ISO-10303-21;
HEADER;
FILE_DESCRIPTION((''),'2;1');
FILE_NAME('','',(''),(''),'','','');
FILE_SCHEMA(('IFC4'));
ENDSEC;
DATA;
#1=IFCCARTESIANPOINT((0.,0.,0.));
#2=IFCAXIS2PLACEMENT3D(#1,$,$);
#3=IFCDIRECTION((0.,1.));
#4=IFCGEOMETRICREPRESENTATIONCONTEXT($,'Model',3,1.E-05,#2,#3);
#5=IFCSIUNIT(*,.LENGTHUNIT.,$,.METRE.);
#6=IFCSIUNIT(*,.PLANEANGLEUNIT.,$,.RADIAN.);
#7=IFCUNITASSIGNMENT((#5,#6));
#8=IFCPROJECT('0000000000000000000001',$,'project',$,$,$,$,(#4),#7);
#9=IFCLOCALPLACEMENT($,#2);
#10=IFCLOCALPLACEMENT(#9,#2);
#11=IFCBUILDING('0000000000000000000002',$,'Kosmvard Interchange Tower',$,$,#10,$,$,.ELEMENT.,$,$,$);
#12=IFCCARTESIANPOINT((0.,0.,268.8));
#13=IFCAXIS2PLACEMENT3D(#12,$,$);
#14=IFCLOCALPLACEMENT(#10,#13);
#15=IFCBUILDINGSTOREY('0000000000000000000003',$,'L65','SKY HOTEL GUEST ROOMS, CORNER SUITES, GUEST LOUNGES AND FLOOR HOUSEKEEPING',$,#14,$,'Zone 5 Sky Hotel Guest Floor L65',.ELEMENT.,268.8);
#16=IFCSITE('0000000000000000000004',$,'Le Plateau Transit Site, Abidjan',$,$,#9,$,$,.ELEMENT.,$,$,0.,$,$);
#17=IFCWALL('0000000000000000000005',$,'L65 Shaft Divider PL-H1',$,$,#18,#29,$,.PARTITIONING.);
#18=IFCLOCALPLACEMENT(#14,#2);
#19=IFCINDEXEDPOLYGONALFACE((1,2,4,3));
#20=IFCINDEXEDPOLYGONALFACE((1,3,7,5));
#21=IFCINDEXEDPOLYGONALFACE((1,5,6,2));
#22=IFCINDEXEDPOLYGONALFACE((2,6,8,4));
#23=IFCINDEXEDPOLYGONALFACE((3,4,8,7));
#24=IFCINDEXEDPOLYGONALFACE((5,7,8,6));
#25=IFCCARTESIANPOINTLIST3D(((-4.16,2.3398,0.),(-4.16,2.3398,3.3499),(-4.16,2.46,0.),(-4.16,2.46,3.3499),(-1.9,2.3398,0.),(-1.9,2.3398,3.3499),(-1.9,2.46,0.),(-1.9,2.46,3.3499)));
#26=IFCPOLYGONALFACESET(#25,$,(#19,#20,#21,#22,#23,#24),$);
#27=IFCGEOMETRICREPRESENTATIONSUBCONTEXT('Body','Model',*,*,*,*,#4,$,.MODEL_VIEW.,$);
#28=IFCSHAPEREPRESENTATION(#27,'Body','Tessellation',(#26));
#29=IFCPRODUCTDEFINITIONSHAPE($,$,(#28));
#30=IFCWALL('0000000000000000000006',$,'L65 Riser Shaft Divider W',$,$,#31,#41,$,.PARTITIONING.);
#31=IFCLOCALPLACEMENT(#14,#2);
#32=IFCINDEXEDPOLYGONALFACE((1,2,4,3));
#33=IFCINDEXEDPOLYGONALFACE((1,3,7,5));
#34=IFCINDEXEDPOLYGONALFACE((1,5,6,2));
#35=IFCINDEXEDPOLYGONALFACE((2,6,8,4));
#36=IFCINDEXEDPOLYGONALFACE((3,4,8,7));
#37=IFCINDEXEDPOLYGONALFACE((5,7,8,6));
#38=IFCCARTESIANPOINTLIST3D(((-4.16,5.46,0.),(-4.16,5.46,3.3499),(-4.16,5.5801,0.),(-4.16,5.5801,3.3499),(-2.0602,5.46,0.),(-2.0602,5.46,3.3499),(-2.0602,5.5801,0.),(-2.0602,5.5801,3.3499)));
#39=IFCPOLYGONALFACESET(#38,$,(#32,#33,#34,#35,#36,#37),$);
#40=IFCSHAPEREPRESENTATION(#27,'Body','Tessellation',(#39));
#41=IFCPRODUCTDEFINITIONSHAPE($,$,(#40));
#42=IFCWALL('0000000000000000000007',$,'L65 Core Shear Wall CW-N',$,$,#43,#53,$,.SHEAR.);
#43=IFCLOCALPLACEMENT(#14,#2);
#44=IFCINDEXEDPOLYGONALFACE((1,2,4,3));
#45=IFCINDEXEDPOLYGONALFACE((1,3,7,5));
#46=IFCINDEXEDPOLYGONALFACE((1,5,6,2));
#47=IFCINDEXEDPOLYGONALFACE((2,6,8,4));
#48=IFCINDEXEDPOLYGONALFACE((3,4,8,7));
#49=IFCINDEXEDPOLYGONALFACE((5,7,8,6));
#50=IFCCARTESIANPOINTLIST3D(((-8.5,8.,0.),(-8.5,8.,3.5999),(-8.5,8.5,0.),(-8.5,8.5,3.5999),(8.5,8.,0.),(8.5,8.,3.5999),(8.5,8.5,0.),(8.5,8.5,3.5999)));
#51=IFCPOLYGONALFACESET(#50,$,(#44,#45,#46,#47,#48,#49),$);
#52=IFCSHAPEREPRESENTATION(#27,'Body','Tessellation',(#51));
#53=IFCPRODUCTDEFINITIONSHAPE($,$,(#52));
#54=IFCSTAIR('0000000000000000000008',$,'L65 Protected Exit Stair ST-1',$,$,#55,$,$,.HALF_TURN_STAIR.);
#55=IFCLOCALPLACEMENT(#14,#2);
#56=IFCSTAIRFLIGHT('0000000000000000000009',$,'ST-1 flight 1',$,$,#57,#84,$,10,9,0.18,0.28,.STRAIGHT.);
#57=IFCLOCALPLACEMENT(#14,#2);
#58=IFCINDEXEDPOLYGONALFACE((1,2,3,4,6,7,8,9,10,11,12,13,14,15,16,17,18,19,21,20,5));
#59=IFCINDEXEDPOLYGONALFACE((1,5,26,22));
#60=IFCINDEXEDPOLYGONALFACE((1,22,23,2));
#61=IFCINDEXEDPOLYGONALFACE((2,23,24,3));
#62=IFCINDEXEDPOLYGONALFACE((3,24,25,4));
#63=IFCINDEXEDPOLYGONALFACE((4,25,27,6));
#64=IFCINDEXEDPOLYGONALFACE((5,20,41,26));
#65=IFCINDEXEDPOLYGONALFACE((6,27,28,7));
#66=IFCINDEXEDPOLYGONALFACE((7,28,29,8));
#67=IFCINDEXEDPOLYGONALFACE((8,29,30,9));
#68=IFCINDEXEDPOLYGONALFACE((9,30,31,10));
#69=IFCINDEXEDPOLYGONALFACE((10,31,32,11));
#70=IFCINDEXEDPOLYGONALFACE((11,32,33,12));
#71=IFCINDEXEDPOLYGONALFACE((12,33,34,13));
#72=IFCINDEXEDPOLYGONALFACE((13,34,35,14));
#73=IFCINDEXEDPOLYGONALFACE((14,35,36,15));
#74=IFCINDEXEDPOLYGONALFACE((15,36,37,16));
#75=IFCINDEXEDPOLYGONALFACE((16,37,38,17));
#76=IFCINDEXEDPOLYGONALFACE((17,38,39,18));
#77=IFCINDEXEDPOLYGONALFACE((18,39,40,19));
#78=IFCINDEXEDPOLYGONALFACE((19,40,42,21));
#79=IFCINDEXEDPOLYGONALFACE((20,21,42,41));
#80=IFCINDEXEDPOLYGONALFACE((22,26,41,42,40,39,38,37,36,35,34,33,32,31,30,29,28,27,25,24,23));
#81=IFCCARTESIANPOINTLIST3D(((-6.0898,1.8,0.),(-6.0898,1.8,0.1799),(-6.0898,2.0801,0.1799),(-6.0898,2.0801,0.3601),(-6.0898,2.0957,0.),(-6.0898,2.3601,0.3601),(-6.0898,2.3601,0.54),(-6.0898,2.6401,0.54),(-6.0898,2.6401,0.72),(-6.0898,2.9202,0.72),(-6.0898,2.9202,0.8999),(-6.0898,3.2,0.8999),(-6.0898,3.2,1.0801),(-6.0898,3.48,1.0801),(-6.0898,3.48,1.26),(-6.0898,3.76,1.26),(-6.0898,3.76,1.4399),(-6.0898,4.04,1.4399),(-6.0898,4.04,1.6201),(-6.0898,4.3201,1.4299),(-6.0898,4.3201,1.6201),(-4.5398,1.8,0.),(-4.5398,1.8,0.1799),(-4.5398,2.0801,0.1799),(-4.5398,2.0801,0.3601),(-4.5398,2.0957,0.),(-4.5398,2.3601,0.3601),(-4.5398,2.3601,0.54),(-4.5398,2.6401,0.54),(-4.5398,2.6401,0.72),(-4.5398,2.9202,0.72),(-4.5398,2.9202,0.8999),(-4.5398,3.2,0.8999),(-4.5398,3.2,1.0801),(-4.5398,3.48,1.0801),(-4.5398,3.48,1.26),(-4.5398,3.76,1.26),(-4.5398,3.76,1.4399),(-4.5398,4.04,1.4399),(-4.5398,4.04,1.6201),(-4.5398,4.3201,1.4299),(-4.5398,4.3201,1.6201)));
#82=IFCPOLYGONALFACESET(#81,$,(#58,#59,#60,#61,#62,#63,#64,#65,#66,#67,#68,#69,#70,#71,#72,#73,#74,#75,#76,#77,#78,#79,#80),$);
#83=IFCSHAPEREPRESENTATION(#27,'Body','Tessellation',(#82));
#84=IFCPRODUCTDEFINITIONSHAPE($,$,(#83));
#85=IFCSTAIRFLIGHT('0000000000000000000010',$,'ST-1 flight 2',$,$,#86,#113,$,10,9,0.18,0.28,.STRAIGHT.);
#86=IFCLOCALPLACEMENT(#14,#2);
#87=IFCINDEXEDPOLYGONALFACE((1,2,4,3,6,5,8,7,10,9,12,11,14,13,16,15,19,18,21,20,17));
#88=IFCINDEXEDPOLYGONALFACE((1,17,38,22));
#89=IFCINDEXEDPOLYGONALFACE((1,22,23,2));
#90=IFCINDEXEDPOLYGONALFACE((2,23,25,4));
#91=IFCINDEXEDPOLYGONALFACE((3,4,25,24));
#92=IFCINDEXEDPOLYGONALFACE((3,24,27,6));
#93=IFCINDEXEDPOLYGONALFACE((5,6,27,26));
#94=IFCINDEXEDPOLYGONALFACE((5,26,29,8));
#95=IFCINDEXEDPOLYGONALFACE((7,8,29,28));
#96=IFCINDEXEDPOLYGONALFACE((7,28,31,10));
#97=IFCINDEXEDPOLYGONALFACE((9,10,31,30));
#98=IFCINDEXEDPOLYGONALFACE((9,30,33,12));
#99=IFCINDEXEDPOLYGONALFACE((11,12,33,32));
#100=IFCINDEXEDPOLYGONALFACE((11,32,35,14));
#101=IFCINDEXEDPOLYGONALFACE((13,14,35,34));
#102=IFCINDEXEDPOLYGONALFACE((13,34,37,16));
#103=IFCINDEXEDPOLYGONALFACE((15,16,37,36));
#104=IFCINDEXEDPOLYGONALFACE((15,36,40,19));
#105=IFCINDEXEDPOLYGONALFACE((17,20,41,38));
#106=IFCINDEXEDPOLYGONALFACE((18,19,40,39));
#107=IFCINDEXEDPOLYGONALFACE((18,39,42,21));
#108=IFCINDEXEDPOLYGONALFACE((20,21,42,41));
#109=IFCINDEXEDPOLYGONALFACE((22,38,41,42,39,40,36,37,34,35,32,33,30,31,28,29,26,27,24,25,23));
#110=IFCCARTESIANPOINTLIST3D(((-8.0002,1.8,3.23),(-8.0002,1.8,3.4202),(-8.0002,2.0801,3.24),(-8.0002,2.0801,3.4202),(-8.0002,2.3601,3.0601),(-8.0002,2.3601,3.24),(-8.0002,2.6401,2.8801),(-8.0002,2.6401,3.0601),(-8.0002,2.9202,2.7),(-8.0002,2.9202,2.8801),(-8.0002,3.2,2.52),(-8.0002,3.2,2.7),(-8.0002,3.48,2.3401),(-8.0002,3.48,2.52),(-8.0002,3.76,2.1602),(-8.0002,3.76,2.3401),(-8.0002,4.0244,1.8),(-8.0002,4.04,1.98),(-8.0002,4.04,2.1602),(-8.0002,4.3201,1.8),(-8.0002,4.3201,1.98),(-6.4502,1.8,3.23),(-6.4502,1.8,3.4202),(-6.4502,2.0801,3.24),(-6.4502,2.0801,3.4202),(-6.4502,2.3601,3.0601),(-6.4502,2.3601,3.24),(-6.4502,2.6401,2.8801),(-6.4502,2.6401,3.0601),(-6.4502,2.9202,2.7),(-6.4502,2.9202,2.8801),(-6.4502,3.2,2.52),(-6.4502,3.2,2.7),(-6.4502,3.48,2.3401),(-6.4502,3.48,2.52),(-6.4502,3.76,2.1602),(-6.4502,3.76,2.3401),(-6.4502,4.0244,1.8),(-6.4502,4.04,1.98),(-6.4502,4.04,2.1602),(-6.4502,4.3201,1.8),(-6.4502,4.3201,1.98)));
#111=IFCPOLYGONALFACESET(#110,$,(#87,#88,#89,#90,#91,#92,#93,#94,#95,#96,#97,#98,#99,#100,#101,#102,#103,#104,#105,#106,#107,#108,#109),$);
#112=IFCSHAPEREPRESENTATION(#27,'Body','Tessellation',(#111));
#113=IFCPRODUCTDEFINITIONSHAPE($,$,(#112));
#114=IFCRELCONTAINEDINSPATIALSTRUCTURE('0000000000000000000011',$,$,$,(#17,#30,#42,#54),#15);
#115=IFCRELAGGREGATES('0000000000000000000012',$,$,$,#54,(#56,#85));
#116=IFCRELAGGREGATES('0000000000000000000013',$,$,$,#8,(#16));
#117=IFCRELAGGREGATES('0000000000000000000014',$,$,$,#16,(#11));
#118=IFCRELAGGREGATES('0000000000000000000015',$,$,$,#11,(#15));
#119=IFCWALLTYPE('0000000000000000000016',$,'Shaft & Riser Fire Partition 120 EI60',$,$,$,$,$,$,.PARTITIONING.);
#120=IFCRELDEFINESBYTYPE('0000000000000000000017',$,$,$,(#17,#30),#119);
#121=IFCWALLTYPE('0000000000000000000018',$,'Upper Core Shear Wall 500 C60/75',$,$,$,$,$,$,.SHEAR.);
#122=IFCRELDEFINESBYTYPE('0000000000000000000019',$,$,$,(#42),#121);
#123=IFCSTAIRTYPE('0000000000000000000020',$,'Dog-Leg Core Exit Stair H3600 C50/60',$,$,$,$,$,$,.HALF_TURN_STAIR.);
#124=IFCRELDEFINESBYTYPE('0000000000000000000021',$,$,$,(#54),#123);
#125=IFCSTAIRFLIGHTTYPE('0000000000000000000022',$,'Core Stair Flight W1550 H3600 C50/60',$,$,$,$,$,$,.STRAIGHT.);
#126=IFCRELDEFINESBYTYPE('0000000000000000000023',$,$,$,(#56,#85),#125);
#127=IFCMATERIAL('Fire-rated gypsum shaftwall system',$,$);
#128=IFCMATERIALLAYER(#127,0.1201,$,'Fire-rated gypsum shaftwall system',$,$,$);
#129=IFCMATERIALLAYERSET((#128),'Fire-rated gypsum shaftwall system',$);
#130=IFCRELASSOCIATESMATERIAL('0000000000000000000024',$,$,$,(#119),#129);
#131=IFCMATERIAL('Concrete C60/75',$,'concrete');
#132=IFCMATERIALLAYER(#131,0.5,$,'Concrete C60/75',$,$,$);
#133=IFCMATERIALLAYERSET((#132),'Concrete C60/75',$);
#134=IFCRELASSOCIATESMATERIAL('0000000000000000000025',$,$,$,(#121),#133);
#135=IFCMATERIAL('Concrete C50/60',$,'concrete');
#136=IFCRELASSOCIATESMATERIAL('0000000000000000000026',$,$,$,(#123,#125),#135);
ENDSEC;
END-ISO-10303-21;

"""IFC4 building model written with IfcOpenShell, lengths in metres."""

from ifc_helpers import new_model, si_unit, direction, frame, frame_2d, origin, place, context, subcontext, project, spatial, polyline, rectangle, outline, extrude, source, transform, mapped, material, layer, layer_set, type_object, element, aggregate, save


model = new_model("IFC4")

# Units and contexts
model_context = context("Model", 3, precision=1e-05, world=origin(), true_north=direction((0.0, 1.0)))
body_context = subcontext(model_context, "Body", "Model", "MODEL_VIEW")
ifc_project = project(units=[si_unit("LENGTHUNIT", "METRE"), si_unit("PLANEANGLEUNIT", "RADIAN")], contexts=[model_context])

# Site, building, storey
site_placement = place(None, origin())
site = spatial("IfcSite", under=ifc_project, at=site_placement, Name="Le Plateau Transit Site, Abidjan", CompositionType="ELEMENT", RefElevation=0.0)
building_placement = place(site_placement, origin())
building = spatial("IfcBuilding", under=site, at=building_placement, Name="Kosmvard Interchange Tower", CompositionType="ELEMENT")
storey_placement = place(building_placement, frame((0.0, 0.0, 268.8)))
storey = spatial("IfcBuildingStorey", under=building, at=storey_placement, Name="L65", Description="SKY HOTEL GUEST ROOMS, CORNER SUITES, GUEST LOUNGES AND FLOOR HOUSEKEEPING", LongName="Zone 5 Sky Hotel Guest Floor L65", CompositionType="ELEMENT", Elevation=268.8)

# Shared definitions
ifc_material_1 = material(Name="Concrete C50/60", Category="concrete")

# Walls
ifc_material_2 = material(Name="Fire-rated gypsum shaftwall system")
ifc_layer_1 = layer(ifc_material_2, 0.1201, Name="Fire-rated gypsum shaftwall system")
ifc_layer_set_1 = layer_set([ifc_layer_1], Name="Fire-rated gypsum shaftwall system")
wall_type_1 = type_object("IfcWallType", Name="Shaft & Riser Fire Partition 120 EI60", PredefinedType="PARTITIONING", material=ifc_layer_set_1)
wall_1_placement = place(storey_placement, frame((-4.1599, 2.3999, 0.0), z_axis=(0.0, 0.0, 1.0), x_axis=(1.0, 0.0, 0.0)))
element("IfcWall", 1, at=wall_1_placement, inside=storey, type_object=wall_type_1, Name="L65 Shaft Divider PL-H1", PredefinedType="PARTITIONING", context=body_context, shape_type="SweptSolid", body=[
    extrude(rectangle(XDim=2.26, YDim=0.1201, at=frame_2d((1.1299, 0.0))), origin(), (0.0, 0.0, 1.0), 3.3499),
])
wall_2_placement = place(storey_placement, frame((-4.1599, 5.52, 0.0), z_axis=(0.0, 0.0, 1.0), x_axis=(1.0, 0.0, 0.0)))
element("IfcWall", 2, at=wall_2_placement, inside=storey, type_object=wall_type_1, Name="L65 Riser Shaft Divider W", PredefinedType="PARTITIONING", context=body_context, shape_type="SweptSolid", body=[
    extrude(rectangle(XDim=2.0999, YDim=0.1201, at=frame_2d((1.0498, 0.0))), origin(), (0.0, 0.0, 1.0), 3.3499),
])
ifc_material_3 = material(Name="Concrete C60/75", Category="concrete")
ifc_layer_2 = layer(ifc_material_3, 0.5, Name="Concrete C60/75")
ifc_layer_set_2 = layer_set([ifc_layer_2], Name="Concrete C60/75")
wall_type_2 = type_object("IfcWallType", Name="Upper Core Shear Wall 500 C60/75", PredefinedType="SHEAR", material=ifc_layer_set_2)
wall_3_placement = place(storey_placement, frame((-8.5, 8.25, 0.0), z_axis=(0.0, 0.0, 1.0), x_axis=(1.0, 0.0, 0.0)))
element("IfcWall", 3, at=wall_3_placement, inside=storey, type_object=wall_type_2, Name="L65 Core Shear Wall CW-N", PredefinedType="SHEAR", context=body_context, shape_type="SweptSolid", body=[
    extrude(rectangle(XDim=17.0, YDim=0.5, at=frame_2d((8.5, 0.0))), origin(), (0.0, 0.0, 1.0), 3.5999),
])

# Stair, stair flights
stair_type = type_object("IfcStairType", Name="Dog-Leg Core Exit Stair H3600 C50/60", PredefinedType="HALF_TURN_STAIR", material=ifc_material_1)
stair_placement = place(storey_placement, origin())
stair = element("IfcStair", 4, at=stair_placement, inside=storey, type_object=stair_type, Name="L65 Protected Exit Stair ST-1", PredefinedType="HALF_TURN_STAIR")
stair_flight_type = type_object("IfcStairFlightType", Name="Core Stair Flight W1550 H3600 C50/60", PredefinedType="STRAIGHT", material=ifc_material_1)
shared_shape_1 = source(origin(), body_context, "Body", "SweptSolid", [
    extrude(outline(polyline([(0.0, 0.0), (0.0, 0.1799), (0.28, 0.1799), (0.28, 0.3601), (0.5601, 0.3601), (0.5601, 0.54), (0.8401, 0.54), (0.8401, 0.72), (1.1201, 0.72), (1.1201, 0.8999), (1.3999, 0.8999), (1.3999, 1.0801), (1.6799, 1.0801), (1.6799, 1.26), (1.96, 1.26), (1.96, 1.4399), (2.24, 1.4399), (2.24, 1.6201), (2.52, 1.6201), (2.52, 1.8), (2.52, 1.4299), (0.2957, 0.0), (0.0, 0.0)])), frame((0.0, 0.7749, 0.0), z_axis=(0.0, -1.0, 0.0), x_axis=(1.0, 0.0, 0.0)), (0.0, 0.0, 1.0), 1.55),
])
stair_flight_1_placement = place(storey_placement, frame((-5.3149, 1.8, 0.0), z_axis=(0.0, 0.0, 1.0), x_axis=(0.0, 1.0, 0.0)))
stair_flight_1 = element("IfcStairFlight", 5, at=stair_flight_1_placement, type_object=stair_flight_type, Name="ST-1 flight 1", NumberOfRisers=10, NumberOfTreads=9, PredefinedType="STRAIGHT", RiserHeight=0.18, TreadLength=0.28, context=body_context, shape_type="MappedRepresentation", body=[
    mapped(shared_shape_1, transform((0.0, 0.0, 0.0), scale=1.0)),
])
stair_flight_2_placement = place(storey_placement, frame((-7.2251, 4.3201, 1.8), z_axis=(0.0, 0.0, 1.0), x_axis=(0.0, -1.0, 0.0)))
stair_flight_2 = element("IfcStairFlight", 6, at=stair_flight_2_placement, type_object=stair_flight_type, Name="ST-1 flight 2", NumberOfRisers=10, NumberOfTreads=9, PredefinedType="STRAIGHT", RiserHeight=0.18, TreadLength=0.28, context=body_context, shape_type="MappedRepresentation", body=[
    mapped(shared_shape_1, transform((0.0, 0.0, 0.0), scale=1.0)),
])
aggregate(stair, [stair_flight_1, stair_flight_2])

save(model, "model.ifc")
